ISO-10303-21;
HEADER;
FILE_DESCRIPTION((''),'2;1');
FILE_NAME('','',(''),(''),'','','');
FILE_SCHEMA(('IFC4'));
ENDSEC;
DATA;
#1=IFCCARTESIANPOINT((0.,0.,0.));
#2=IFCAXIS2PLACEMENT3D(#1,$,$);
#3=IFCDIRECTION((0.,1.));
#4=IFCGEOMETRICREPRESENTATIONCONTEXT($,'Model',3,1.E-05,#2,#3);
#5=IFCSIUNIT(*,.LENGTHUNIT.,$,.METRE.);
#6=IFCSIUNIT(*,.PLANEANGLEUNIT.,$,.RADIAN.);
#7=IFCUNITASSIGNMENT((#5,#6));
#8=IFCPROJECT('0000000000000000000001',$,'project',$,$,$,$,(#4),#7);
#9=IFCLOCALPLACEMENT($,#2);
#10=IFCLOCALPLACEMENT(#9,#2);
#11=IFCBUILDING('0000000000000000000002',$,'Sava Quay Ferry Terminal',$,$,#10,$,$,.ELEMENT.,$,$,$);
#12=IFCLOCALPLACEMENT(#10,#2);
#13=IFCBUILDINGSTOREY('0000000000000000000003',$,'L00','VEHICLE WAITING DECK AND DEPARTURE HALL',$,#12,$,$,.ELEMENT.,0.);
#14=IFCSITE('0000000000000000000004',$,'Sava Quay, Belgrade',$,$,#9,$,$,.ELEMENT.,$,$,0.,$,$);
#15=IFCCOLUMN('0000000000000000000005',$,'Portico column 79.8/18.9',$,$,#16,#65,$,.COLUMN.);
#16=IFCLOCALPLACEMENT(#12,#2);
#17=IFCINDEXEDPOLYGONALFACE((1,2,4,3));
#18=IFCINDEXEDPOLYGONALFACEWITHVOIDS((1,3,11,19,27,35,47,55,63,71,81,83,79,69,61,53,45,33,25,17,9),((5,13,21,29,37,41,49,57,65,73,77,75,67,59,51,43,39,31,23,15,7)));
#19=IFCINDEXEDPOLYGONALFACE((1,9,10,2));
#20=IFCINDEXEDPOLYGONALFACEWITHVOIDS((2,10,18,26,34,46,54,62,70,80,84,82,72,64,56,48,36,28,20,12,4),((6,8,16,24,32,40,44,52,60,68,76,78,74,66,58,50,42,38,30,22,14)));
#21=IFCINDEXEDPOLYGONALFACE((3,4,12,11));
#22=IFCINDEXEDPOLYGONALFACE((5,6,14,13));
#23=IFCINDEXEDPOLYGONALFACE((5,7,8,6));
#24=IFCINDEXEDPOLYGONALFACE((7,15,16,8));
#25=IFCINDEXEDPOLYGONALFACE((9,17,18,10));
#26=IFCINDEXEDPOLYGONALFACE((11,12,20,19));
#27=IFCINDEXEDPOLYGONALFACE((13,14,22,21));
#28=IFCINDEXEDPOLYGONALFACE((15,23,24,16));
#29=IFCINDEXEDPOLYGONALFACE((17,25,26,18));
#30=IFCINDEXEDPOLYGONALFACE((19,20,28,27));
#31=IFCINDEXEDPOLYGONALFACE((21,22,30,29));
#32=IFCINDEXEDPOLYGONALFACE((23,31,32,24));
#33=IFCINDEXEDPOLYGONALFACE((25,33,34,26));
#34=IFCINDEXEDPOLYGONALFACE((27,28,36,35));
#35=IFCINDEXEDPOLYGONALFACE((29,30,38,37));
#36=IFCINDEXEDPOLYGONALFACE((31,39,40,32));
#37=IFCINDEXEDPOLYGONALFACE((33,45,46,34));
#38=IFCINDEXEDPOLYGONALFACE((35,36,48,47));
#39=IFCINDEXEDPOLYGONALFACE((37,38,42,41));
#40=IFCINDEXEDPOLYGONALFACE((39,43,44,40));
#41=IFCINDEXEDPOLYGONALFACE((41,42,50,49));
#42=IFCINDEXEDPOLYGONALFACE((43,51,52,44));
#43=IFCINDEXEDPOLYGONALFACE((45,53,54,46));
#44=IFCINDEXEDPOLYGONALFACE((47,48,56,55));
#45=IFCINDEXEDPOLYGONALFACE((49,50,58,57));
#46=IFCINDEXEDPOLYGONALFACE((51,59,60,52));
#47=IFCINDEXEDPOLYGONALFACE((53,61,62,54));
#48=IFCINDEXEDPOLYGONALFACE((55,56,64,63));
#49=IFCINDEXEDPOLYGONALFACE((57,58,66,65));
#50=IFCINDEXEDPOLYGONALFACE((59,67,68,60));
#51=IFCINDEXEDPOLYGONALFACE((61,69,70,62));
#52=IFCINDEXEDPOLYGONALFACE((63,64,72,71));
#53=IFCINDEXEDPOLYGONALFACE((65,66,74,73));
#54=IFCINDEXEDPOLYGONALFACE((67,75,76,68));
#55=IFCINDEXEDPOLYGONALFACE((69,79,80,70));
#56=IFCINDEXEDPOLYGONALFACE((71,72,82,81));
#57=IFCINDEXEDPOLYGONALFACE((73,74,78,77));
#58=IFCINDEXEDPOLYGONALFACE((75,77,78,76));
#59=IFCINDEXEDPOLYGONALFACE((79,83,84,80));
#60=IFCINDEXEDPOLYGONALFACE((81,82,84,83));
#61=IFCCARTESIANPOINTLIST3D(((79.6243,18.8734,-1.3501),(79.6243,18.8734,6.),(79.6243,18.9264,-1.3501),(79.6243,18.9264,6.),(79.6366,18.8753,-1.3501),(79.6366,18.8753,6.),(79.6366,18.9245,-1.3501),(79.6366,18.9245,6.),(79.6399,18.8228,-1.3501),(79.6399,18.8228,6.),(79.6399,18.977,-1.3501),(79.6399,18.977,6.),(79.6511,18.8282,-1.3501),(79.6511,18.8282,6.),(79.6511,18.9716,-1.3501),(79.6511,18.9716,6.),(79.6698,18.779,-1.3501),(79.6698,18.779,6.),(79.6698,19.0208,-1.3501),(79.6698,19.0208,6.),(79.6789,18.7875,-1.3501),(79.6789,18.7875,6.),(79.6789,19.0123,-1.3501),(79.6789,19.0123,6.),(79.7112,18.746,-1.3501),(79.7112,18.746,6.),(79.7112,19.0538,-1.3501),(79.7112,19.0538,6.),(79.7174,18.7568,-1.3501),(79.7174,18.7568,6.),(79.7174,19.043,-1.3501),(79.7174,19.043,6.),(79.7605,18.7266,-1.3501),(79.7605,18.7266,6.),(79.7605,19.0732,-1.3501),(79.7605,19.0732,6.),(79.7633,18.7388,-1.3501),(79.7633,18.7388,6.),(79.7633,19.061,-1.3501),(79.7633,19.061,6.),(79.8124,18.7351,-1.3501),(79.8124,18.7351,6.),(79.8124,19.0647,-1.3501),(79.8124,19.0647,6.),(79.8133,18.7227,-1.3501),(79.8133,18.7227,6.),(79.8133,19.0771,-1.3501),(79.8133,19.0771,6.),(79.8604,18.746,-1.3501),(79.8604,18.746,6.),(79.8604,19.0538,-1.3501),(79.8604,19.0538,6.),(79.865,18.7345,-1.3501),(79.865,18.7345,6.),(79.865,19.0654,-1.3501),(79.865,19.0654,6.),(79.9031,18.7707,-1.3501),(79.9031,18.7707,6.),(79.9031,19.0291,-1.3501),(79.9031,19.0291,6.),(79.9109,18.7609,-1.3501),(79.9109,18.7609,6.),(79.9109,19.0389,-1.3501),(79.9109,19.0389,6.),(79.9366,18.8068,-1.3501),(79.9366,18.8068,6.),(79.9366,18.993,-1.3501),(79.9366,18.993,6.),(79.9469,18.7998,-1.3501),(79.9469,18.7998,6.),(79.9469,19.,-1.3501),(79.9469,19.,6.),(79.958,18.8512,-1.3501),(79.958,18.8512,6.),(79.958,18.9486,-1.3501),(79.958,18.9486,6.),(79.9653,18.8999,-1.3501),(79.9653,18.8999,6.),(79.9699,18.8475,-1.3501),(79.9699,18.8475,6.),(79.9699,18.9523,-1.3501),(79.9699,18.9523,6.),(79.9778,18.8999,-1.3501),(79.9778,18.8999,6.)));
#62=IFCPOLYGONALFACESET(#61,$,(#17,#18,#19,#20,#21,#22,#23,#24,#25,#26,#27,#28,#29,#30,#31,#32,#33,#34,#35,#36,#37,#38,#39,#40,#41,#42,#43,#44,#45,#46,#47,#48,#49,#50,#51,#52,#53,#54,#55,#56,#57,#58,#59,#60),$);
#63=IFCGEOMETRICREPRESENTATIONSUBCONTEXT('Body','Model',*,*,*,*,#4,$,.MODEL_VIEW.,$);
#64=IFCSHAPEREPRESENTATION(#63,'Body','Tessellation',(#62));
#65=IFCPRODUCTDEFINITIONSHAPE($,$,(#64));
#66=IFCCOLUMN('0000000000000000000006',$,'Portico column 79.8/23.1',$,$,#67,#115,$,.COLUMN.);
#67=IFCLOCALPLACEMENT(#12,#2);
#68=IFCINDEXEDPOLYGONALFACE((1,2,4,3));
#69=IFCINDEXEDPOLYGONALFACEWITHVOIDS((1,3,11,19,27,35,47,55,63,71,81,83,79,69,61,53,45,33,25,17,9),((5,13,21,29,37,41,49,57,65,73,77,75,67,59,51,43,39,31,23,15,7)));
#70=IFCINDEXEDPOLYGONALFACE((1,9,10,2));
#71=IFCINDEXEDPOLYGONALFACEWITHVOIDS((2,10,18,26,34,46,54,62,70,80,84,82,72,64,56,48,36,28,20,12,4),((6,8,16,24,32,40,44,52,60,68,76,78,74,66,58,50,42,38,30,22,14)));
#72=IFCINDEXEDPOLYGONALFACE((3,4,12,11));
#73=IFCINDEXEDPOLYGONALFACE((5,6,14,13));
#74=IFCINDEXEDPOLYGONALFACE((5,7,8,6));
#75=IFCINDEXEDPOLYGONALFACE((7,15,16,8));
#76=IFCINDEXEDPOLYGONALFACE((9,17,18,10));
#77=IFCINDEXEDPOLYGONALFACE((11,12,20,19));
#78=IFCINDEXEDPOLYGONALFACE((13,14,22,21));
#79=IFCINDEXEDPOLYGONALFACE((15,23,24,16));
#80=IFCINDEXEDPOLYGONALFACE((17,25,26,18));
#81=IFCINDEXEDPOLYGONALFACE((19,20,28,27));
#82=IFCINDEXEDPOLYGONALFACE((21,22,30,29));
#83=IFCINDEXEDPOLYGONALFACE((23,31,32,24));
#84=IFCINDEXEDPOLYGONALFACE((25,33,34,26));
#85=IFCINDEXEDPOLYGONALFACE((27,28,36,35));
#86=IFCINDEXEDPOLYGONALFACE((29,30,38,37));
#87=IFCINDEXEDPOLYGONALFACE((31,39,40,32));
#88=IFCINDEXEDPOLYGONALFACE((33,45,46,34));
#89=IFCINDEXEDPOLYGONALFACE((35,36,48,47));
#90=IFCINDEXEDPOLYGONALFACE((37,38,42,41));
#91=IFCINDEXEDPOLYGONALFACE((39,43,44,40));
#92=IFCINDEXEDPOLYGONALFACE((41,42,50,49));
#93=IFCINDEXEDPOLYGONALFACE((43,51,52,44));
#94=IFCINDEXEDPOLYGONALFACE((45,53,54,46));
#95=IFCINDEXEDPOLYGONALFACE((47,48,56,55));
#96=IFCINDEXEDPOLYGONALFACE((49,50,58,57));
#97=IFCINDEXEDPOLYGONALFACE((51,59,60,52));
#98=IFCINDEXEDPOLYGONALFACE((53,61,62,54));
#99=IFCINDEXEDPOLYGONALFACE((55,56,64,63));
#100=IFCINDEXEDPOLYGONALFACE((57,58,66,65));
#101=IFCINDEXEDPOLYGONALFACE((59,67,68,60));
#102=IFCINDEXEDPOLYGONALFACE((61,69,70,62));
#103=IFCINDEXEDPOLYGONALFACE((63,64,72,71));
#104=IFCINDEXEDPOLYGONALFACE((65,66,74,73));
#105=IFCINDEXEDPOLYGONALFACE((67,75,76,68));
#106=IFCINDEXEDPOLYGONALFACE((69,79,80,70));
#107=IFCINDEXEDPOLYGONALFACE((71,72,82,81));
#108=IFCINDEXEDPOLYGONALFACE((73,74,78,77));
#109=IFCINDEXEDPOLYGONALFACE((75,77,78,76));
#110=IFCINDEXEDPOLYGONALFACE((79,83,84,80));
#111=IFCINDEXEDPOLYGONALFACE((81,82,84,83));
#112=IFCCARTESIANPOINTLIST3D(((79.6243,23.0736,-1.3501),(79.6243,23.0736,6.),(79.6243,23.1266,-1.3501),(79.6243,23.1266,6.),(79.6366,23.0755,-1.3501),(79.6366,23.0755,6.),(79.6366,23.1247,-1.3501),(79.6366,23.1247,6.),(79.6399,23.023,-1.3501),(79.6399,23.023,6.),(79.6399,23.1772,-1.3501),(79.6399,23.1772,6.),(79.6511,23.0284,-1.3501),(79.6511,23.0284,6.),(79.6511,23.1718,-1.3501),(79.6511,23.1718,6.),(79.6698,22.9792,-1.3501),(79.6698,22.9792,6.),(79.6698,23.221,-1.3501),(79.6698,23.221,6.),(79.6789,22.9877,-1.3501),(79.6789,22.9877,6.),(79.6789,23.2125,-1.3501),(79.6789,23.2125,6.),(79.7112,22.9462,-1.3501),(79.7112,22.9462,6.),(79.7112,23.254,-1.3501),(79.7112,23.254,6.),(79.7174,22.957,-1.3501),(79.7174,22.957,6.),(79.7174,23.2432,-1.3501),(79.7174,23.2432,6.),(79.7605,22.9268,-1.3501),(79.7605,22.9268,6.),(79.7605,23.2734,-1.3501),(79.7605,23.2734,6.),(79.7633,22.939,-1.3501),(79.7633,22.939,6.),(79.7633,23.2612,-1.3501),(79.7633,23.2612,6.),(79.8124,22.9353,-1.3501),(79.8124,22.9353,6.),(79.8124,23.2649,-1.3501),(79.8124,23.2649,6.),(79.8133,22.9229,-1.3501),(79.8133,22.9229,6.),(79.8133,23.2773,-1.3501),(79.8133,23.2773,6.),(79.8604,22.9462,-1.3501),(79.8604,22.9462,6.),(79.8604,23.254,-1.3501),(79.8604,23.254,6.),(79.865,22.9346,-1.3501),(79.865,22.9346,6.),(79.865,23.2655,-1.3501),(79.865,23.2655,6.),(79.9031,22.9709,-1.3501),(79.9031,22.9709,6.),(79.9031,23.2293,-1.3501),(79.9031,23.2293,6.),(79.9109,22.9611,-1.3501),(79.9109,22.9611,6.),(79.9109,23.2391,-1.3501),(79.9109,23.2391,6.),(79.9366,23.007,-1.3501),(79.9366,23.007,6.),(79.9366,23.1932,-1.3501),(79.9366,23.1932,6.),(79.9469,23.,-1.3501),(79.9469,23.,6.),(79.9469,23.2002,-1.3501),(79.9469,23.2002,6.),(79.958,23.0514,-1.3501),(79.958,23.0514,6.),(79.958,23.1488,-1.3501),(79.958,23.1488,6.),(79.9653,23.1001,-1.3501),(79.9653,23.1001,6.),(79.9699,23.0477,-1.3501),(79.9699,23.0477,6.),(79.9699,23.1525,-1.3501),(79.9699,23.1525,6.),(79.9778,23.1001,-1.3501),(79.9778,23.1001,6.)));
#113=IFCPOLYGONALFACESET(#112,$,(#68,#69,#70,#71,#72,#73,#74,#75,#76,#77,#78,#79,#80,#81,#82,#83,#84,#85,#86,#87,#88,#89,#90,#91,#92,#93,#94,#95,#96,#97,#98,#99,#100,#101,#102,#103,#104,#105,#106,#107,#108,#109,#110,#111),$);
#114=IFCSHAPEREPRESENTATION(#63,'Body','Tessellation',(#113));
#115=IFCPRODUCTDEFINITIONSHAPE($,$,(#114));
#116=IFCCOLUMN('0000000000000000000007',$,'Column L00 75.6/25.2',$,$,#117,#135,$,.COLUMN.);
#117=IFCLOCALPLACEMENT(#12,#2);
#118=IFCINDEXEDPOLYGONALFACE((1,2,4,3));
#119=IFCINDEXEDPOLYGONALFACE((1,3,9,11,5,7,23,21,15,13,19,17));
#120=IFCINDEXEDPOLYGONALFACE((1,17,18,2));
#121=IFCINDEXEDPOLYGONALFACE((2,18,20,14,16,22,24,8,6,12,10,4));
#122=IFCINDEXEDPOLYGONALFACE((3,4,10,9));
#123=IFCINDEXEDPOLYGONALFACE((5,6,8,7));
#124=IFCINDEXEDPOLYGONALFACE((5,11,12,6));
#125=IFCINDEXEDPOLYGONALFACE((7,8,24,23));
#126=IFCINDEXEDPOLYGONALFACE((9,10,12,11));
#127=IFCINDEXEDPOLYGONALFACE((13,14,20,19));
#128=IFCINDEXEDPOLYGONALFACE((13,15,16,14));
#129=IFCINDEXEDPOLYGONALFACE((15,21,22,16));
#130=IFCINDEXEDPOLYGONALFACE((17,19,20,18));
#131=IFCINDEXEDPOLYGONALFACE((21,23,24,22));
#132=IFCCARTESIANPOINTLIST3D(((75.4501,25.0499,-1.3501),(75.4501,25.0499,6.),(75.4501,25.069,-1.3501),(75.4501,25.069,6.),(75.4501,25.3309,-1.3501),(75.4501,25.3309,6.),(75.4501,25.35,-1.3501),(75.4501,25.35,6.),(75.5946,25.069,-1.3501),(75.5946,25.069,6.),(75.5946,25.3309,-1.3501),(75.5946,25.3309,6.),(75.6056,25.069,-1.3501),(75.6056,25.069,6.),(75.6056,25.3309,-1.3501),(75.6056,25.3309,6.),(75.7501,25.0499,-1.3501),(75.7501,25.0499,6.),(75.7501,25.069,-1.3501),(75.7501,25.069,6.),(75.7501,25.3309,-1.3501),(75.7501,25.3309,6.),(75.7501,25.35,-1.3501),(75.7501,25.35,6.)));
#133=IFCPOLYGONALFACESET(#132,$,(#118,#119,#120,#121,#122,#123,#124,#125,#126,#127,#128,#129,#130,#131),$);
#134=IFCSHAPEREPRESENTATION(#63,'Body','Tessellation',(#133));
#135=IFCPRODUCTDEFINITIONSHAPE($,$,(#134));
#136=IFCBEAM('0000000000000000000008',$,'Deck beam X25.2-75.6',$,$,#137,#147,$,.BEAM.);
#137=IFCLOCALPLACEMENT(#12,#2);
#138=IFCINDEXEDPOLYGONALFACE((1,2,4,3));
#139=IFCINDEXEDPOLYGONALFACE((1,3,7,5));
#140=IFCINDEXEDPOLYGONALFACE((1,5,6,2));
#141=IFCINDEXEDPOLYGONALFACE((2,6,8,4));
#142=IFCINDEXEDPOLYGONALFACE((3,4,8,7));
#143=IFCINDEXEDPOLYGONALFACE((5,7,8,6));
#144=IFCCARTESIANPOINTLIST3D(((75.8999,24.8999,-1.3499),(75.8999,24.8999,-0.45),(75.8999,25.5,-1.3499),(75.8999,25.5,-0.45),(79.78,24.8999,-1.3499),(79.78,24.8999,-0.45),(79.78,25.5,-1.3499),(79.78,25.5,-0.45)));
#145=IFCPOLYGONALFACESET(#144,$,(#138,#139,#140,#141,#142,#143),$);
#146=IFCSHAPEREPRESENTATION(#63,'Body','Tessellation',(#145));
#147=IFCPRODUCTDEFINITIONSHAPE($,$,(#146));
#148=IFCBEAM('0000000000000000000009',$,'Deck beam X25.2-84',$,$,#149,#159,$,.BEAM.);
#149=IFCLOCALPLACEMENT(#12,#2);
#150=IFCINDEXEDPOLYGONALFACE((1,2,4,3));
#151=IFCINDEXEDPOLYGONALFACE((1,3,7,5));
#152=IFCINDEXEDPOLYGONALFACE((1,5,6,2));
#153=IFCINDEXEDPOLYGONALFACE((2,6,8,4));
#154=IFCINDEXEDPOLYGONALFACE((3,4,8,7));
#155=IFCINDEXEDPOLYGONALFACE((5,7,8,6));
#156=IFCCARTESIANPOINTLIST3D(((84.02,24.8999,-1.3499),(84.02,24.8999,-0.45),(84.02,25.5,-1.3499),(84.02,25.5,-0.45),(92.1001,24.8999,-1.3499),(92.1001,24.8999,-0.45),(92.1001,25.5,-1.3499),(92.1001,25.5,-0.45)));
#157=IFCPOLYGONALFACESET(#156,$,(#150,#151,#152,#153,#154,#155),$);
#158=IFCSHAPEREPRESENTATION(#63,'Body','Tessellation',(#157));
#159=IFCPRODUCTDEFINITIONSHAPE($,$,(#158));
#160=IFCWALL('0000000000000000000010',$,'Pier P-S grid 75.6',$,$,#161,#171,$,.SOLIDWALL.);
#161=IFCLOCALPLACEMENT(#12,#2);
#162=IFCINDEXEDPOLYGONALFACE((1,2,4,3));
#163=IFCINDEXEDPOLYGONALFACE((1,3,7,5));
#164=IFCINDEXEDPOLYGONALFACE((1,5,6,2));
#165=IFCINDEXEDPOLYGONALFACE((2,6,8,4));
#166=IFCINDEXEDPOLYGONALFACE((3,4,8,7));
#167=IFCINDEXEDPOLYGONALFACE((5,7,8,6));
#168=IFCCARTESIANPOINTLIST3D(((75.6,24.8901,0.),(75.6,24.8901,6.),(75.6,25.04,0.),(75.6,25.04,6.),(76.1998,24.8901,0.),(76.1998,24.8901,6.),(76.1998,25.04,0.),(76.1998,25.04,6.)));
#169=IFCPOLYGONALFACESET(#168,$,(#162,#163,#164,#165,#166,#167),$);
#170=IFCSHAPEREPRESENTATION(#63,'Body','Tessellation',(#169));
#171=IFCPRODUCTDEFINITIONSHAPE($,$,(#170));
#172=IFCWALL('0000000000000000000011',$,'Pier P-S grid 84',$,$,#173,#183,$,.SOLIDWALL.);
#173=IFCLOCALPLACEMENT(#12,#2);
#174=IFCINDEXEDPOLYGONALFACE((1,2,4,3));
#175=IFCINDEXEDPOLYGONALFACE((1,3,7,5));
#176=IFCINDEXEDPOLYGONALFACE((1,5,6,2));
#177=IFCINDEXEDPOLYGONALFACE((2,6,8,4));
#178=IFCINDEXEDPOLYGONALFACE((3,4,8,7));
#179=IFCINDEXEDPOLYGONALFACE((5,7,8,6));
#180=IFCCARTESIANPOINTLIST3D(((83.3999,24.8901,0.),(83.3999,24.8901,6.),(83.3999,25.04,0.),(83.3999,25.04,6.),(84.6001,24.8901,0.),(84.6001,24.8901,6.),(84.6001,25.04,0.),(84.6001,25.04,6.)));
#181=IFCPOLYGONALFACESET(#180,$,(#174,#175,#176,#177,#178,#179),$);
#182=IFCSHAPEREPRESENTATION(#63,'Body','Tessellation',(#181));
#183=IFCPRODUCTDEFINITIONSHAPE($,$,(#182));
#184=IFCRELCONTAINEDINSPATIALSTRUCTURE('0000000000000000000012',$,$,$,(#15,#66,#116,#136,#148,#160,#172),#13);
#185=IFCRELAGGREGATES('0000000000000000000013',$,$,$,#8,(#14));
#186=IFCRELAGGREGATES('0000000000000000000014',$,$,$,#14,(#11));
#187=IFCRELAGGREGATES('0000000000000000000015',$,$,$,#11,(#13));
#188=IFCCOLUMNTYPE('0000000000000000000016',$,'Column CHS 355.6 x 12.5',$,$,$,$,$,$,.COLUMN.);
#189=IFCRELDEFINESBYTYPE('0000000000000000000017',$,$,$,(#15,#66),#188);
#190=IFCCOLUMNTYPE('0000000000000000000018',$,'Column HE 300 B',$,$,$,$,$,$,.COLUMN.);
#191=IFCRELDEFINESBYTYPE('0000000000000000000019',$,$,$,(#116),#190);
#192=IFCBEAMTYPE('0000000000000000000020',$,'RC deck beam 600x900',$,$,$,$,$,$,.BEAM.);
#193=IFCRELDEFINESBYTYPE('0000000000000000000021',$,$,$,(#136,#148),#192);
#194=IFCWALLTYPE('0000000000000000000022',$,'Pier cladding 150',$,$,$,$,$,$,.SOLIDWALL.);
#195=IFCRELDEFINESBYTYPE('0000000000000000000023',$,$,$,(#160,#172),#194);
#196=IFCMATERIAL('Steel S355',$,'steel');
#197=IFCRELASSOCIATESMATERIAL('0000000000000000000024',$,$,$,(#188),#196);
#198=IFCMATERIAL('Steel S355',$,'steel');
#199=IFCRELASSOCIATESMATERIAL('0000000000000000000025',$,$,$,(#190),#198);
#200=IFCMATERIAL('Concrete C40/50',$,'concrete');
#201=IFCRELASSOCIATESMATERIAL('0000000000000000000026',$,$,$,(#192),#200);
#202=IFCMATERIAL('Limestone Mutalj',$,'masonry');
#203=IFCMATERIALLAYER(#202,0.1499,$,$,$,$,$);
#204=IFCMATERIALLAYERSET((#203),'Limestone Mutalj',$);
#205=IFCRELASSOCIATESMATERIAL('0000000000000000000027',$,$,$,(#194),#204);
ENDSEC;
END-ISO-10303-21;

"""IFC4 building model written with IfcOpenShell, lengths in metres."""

from ifc_helpers import new_model, si_unit, direction, frame, frame_2d, origin, origin_2d, place, context, subcontext, project, spatial, rectangle, hollow_circle, i_section, extrude, material, layer, layer_set, material_profile, profile_set, type_object, element, save


model = new_model("IFC4")

# Units and contexts
model_context = context("Model", 3, precision=1e-05, world=origin(), true_north=direction((0.0, 1.0)))
body_context = subcontext(model_context, "Body", "Model", "MODEL_VIEW")
ifc_project = project(units=[si_unit("LENGTHUNIT", "METRE"), si_unit("PLANEANGLEUNIT", "RADIAN")], contexts=[model_context])

# Site, building, storey
site_placement = place(None, origin())
site = spatial("IfcSite", under=ifc_project, at=site_placement, Name="Sava Quay, Belgrade", CompositionType="ELEMENT", RefElevation=0.0)
building_placement = place(site_placement, origin())
building = spatial("IfcBuilding", under=site, at=building_placement, Name="Sava Quay Ferry Terminal", CompositionType="ELEMENT")
storey_placement = place(building_placement, origin())
storey = spatial("IfcBuildingStorey", under=building, at=storey_placement, Name="L00", Description="VEHICLE WAITING DECK AND DEPARTURE HALL", CompositionType="ELEMENT", Elevation=0.0)

# Columns
ifc_material_1 = material(Name="Steel S355", Category="steel")
ifc_material_profile_1 = material_profile(ifc_material_1, hollow_circle(Radius=0.1777, WallThickness=0.0125, at=origin_2d()), Name="CHS 355.6 x 12.5")
ifc_profile_set_1 = profile_set([ifc_material_profile_1], Name="Steel S355")
column_type_1 = type_object("IfcColumnType", Name="Column CHS 355.6 x 12.5", PredefinedType="COLUMN", material=ifc_profile_set_1)
for number, where, z_axis, x_axis, name in (
    (1, (79.8, 18.8999, -1.3501), (0.0, 0.0, 1.0), (1.0, 0.0, 0.0), "Portico column 79.8/18.9"),
    (2, (79.8, 23.1001, -1.3501), (0.0, 0.0, 1.0), (1.0, 0.0, 0.0), "Portico column 79.8/23.1"),
):
    element("IfcColumn", number, at=place(storey_placement, frame(where, z_axis=z_axis, x_axis=x_axis)), inside=storey, type_object=column_type_1, Name=name, PredefinedType="COLUMN", context=body_context, shape_type="SweptSolid", body=[
        extrude(hollow_circle(Radius=0.1777, WallThickness=0.0125, at=origin_2d()), origin(), (0.0, 0.0, 1.0), 7.3501),
    ])
ifc_material_2 = material(Name="Steel S355", Category="steel")
ifc_material_profile_2 = material_profile(ifc_material_2, i_section(OverallWidth=0.3, OverallDepth=0.3, WebThickness=0.011, FlangeThickness=0.019, at=origin_2d()), Name="HE 300 B")
ifc_profile_set_2 = profile_set([ifc_material_profile_2], Name="Steel S355")
column_type_2 = type_object("IfcColumnType", Name="Column HE 300 B", PredefinedType="COLUMN", material=ifc_profile_set_2)
column_1_placement = place(storey_placement, frame((75.6001, 25.2, -1.3501), z_axis=(0.0, 0.0, 1.0), x_axis=(1.0, 0.0, 0.0)))
element("IfcColumn", 3, at=column_1_placement, inside=storey, type_object=column_type_2, Name="Column L00 75.6/25.2", PredefinedType="COLUMN", context=body_context, shape_type="SweptSolid", body=[
    extrude(i_section(OverallWidth=0.3, OverallDepth=0.3, WebThickness=0.011, FlangeThickness=0.019, at=origin_2d()), origin(), (0.0, 0.0, 1.0), 7.3501),
])

# Beams
ifc_material_3 = material(Name="Concrete C40/50", Category="concrete")
ifc_material_profile_3 = material_profile(ifc_material_3, rectangle(XDim=0.6001, YDim=0.8999, at=origin_2d()), Name="RC 600x900")
ifc_profile_set_3 = profile_set([ifc_material_profile_3], Name="Concrete C40/50")
beam_type = type_object("IfcBeamType", Name="RC deck beam 600x900", PredefinedType="BEAM", material=ifc_profile_set_3)
beam_1_placement = place(storey_placement, frame((75.8999, 25.2, -0.8999), z_axis=(1.0, 0.0, 0.0), x_axis=(0.0, 1.0, 0.0)))
element("IfcBeam", 4, at=beam_1_placement, inside=storey, type_object=beam_type, Name="Deck beam X25.2-75.6", PredefinedType="BEAM", context=body_context, shape_type="SweptSolid", body=[
    extrude(rectangle(XDim=0.6001, YDim=0.8999, at=origin_2d()), origin(), (0.0, 0.0, 1.0), 3.8801),
])
beam_2_placement = place(storey_placement, frame((84.02, 25.2, -0.8999), z_axis=(1.0, 0.0, 0.0), x_axis=(0.0, 1.0, 0.0)))
element("IfcBeam", 5, at=beam_2_placement, inside=storey, type_object=beam_type, Name="Deck beam X25.2-84", PredefinedType="BEAM", context=body_context, shape_type="SweptSolid", body=[
    extrude(rectangle(XDim=0.6001, YDim=0.8999, at=origin_2d()), origin(), (0.0, 0.0, 1.0), 8.0801),
])

# Walls
ifc_material_4 = material(Name="Limestone Mutalj", Category="masonry")
ifc_layer_1 = layer(ifc_material_4, 0.1499)
ifc_layer_set_1 = layer_set([ifc_layer_1], Name="Limestone Mutalj")
wall_type_1 = type_object("IfcWallType", Name="Pier cladding 150", PredefinedType="SOLIDWALL", material=ifc_layer_set_1)
wall_1_placement = place(storey_placement, frame((75.6001, 24.9651, 0.0), z_axis=(0.0, 0.0, 1.0), x_axis=(1.0, 0.0, 0.0)))
element("IfcWall", 6, at=wall_1_placement, inside=storey, type_object=wall_type_1, Name="Pier P-S grid 75.6", PredefinedType="SOLIDWALL", context=body_context, shape_type="SweptSolid", body=[
    extrude(rectangle(XDim=0.5999, YDim=0.1499, at=frame_2d((0.2998, 0.0))), origin(), (0.0, 0.0, 1.0), 6.0),
])
wall_2_placement = place(storey_placement, frame((83.3999, 24.9651, 0.0), z_axis=(0.0, 0.0, 1.0), x_axis=(1.0, 0.0, 0.0)))
element("IfcWall", 7, at=wall_2_placement, inside=storey, type_object=wall_type_1, Name="Pier P-S grid 84", PredefinedType="SOLIDWALL", context=body_context, shape_type="SweptSolid", body=[
    extrude(rectangle(XDim=1.2002, YDim=0.1499, at=frame_2d((0.6001, 0.0))), origin(), (0.0, 0.0, 1.0), 6.0),
])

save(model, "model.ifc")
